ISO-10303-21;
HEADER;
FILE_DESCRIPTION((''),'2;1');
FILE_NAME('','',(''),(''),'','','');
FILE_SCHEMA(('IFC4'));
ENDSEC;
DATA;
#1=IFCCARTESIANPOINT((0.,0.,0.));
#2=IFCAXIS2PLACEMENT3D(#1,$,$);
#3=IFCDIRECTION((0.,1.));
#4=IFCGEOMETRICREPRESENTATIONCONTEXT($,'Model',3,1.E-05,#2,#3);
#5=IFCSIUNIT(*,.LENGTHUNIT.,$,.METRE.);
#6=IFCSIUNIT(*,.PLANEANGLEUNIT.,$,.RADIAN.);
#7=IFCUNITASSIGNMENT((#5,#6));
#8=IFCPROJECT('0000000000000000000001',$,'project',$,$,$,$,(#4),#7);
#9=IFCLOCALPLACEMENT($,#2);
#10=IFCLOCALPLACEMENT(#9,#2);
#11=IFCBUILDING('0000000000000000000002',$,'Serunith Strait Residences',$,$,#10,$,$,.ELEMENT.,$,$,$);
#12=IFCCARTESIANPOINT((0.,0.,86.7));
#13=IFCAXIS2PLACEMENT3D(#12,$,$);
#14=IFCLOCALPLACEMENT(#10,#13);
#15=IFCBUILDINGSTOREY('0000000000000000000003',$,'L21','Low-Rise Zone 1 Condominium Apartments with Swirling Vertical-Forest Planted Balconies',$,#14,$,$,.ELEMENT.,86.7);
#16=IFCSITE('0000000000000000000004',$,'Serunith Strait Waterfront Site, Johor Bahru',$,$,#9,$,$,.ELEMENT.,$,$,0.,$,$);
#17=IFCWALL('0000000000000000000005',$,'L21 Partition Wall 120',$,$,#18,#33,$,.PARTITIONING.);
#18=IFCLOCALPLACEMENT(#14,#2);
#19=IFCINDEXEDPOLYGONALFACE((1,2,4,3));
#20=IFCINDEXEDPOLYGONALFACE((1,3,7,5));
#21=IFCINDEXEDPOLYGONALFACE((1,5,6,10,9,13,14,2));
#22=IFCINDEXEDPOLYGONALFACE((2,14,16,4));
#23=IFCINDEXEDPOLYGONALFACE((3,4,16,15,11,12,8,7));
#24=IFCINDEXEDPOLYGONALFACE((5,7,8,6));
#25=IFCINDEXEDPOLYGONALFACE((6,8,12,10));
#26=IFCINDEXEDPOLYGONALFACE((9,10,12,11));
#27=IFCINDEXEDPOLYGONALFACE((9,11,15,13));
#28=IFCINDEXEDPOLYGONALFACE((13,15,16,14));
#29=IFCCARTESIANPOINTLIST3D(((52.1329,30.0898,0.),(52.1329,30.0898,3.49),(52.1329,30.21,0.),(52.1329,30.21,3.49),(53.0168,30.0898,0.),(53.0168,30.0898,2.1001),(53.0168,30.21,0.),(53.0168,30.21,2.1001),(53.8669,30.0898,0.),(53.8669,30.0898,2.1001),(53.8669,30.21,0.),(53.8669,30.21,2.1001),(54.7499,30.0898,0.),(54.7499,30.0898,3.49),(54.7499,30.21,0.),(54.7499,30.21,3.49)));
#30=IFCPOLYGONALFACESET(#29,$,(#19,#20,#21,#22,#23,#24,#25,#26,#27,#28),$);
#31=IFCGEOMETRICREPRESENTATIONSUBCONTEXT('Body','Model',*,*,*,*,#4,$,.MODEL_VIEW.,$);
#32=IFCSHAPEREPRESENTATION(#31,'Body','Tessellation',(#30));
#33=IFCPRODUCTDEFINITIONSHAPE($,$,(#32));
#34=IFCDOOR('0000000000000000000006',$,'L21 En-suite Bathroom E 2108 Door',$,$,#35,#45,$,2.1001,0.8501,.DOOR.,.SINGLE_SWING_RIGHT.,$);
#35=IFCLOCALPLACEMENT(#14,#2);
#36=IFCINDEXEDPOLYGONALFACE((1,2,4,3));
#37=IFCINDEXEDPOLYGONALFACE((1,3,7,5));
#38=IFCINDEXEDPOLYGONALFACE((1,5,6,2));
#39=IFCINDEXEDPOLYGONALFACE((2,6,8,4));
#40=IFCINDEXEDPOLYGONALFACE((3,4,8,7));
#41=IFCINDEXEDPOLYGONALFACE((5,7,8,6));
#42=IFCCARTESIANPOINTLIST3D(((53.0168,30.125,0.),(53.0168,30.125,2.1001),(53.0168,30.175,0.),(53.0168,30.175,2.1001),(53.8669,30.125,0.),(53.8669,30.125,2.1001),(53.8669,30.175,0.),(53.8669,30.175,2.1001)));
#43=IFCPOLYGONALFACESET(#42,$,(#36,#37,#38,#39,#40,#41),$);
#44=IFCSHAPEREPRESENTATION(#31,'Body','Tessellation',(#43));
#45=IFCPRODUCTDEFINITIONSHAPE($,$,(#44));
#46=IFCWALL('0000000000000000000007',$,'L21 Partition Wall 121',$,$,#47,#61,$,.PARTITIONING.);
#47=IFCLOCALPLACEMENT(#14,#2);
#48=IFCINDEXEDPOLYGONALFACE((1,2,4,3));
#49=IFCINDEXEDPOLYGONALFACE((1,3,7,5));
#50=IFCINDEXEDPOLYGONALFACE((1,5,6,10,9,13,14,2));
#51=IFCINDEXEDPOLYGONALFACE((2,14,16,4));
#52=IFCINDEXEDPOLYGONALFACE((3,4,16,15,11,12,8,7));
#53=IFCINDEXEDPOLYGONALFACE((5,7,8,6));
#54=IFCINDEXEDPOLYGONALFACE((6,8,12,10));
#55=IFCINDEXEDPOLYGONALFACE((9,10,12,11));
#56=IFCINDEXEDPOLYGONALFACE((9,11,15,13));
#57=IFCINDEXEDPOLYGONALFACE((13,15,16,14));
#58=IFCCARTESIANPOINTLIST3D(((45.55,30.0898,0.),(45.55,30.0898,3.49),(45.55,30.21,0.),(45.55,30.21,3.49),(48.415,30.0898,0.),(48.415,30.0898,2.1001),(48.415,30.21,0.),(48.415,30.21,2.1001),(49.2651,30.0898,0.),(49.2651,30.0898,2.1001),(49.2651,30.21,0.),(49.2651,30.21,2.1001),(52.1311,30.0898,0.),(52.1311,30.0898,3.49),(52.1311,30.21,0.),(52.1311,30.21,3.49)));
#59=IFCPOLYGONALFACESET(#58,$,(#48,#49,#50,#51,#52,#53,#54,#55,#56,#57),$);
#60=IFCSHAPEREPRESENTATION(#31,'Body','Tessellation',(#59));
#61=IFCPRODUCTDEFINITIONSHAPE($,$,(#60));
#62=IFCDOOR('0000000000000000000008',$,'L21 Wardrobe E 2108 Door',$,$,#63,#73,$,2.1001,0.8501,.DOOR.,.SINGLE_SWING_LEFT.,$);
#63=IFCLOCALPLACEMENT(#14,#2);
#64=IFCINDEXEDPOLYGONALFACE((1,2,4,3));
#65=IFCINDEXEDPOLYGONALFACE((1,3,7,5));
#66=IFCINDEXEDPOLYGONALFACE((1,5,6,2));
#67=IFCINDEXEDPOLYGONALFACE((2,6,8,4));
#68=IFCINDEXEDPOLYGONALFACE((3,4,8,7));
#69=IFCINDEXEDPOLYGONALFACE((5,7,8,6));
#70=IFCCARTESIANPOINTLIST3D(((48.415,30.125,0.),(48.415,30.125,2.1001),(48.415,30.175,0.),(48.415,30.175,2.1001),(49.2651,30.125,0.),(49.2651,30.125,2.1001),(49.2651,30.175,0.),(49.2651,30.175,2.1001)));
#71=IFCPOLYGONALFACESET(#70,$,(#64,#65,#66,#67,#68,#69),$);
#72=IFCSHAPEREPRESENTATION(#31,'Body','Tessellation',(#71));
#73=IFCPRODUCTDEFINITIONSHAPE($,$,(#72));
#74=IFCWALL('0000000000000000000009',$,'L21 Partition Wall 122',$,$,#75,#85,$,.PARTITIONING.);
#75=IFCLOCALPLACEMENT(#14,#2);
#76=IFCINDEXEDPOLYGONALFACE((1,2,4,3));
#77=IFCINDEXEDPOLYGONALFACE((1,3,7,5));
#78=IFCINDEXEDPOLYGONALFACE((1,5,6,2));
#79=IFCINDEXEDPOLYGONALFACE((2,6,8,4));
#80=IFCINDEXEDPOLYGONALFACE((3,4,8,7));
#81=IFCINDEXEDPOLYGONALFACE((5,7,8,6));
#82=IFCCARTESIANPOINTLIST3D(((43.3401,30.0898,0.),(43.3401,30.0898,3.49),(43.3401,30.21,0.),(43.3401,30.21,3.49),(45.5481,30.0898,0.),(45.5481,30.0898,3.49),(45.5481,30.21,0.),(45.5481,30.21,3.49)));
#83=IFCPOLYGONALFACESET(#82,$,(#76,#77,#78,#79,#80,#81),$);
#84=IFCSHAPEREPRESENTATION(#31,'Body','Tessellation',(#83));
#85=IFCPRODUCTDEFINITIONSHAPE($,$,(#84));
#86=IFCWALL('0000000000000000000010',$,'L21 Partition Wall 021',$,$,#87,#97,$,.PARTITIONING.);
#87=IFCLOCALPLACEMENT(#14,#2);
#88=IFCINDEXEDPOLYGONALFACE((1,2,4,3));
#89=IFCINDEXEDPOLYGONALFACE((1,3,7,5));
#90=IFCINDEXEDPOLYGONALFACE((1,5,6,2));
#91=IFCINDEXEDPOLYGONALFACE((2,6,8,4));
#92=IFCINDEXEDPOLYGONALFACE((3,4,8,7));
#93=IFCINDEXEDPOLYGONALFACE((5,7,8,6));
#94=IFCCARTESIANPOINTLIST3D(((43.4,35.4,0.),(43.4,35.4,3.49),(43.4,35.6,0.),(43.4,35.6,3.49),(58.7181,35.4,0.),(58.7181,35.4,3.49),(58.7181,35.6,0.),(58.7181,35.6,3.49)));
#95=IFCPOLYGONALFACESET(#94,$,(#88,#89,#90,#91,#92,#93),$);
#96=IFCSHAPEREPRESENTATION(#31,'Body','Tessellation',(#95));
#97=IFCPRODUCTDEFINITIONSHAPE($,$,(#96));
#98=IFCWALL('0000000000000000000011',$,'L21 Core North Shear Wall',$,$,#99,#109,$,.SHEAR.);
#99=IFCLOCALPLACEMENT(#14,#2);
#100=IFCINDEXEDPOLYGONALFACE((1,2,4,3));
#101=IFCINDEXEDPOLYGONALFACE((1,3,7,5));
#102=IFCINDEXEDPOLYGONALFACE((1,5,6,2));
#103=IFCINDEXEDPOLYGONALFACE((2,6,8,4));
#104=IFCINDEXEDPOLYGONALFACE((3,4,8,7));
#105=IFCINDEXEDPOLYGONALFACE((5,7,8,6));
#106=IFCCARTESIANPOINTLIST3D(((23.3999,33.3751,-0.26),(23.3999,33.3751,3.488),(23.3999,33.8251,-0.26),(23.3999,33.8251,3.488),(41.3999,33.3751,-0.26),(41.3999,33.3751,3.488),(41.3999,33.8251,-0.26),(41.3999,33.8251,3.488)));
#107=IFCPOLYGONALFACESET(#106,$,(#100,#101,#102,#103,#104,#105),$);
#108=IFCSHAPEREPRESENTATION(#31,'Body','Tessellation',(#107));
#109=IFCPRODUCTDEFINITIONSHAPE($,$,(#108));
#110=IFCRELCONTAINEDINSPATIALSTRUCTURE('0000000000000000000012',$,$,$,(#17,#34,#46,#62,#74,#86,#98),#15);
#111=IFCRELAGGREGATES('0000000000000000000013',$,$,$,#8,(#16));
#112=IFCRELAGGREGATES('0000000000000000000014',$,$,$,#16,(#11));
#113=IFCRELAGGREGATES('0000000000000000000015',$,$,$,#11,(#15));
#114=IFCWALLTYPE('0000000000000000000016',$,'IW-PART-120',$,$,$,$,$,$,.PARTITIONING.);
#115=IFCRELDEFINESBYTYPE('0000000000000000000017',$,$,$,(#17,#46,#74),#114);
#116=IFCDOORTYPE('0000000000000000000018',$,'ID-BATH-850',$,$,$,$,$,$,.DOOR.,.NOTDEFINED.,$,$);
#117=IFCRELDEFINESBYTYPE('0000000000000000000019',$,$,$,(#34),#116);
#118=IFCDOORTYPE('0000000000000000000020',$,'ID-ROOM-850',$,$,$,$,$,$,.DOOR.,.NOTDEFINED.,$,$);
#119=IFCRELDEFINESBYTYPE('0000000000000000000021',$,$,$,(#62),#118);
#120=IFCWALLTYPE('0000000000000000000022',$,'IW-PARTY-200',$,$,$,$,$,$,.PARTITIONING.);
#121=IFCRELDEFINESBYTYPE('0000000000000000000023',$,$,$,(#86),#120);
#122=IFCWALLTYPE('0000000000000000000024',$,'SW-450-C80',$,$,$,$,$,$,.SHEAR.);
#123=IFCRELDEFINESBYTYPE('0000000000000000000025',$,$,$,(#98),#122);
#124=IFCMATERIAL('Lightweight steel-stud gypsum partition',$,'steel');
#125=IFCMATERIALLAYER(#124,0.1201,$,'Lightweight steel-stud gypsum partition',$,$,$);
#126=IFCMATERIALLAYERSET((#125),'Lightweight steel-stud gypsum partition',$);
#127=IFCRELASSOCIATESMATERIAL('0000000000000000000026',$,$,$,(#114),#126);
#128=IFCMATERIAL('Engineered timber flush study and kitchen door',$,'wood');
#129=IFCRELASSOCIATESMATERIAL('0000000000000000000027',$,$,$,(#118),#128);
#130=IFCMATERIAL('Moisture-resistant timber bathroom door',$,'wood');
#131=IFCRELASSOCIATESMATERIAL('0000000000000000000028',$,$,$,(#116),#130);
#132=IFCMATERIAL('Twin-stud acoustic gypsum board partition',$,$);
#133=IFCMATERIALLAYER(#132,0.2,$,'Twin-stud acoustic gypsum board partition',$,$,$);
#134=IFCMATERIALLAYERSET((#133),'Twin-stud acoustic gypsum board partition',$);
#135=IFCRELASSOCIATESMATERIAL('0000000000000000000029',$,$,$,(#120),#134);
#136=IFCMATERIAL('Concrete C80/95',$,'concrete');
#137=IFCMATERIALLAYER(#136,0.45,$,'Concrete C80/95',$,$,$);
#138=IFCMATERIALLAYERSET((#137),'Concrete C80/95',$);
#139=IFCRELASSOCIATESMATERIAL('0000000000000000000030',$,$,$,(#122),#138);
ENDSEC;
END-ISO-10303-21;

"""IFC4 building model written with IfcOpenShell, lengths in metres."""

from ifc_helpers import new_model, si_unit, direction, frame, frame_2d, origin, place, context, subcontext, project, spatial, rectangle, extrude, source, transform, mapped, material, layer, layer_set, type_object, element, fill, save


model = new_model("IFC4")

# Units and contexts
model_context = context("Model", 3, precision=1e-05, world=origin(), true_north=direction((0.0, 1.0)))
body_context = subcontext(model_context, "Body", "Model", "MODEL_VIEW")
ifc_project = project(units=[si_unit("LENGTHUNIT", "METRE"), si_unit("PLANEANGLEUNIT", "RADIAN")], contexts=[model_context])

# Site, building, storey
site_placement = place(None, origin())
site = spatial("IfcSite", under=ifc_project, at=site_placement, Name="Serunith Strait Waterfront Site, Johor Bahru", CompositionType="ELEMENT", RefElevation=0.0)
building_placement = place(site_placement, origin())
building = spatial("IfcBuilding", under=site, at=building_placement, Name="Serunith Strait Residences", CompositionType="ELEMENT")
storey_placement = place(building_placement, frame((0.0, 0.0, 86.7)))
storey = spatial("IfcBuildingStorey", under=building, at=storey_placement, Name="L21", Description="Low-Rise Zone 1 Condominium Apartments with Swirling Vertical-Forest Planted Balconies", CompositionType="ELEMENT", Elevation=86.7)

# Shared definitions
ifc_material_1 = material(Name="Lightweight steel-stud gypsum partition", Category="steel")
ifc_layer_1 = layer(ifc_material_1, 0.1201, Name="Lightweight steel-stud gypsum partition")
ifc_layer_set_1 = layer_set([ifc_layer_1], Name="Lightweight steel-stud gypsum partition")
wall_type_1 = type_object("IfcWallType", Name="IW-PART-120", PredefinedType="PARTITIONING", material=ifc_layer_set_1)
ifc_material_2 = material(Name="Engineered timber flush study and kitchen door", Category="wood")
door_type_1 = type_object("IfcDoorType", Name="ID-ROOM-850", OperationType="NOTDEFINED", PredefinedType="DOOR", material=ifc_material_2)
shared_shape_1 = source(origin(), body_context, "Body", "SweptSolid", [
    extrude(rectangle(XDim=0.8501, YDim=2.1001, at=frame_2d((0.425, 1.05))), frame((0.0, 0.0249, 0.0), z_axis=(0.0, -1.0, 0.0), x_axis=(1.0, 0.0, 0.0)), (0.0, 0.0, 1.0), 0.05),
])

# Walls, openings, doors
wall_1_placement = place(storey_placement, frame((54.75, 30.1499, 0.0), z_axis=(0.0, 0.0, 1.0), x_axis=(-1.0, 0.0, 0.0)))
wall_1 = element("IfcWall", 1, at=wall_1_placement, inside=storey, type_object=wall_type_1, Name="L21 Partition Wall 120", PredefinedType="PARTITIONING", context=body_context, shape_type="SweptSolid", body=[
    extrude(rectangle(XDim=2.6169, YDim=0.1201, at=frame_2d((1.3086, 0.0))), origin(), (0.0, 0.0, 1.0), 3.49),
])
opening_1_placement = place(wall_1_placement, frame((0.8831, 0.0, 0.0)))
opening_1 = element("IfcOpeningElement", 2, at=opening_1_placement, cuts=wall_1, PredefinedType="OPENING", context=body_context, shape_type="SweptSolid", body=[
    extrude(rectangle(XDim=0.8501, YDim=2.1001, at=frame_2d((0.425, 1.05))), frame((0.0, 0.0701, 0.0), z_axis=(0.0, -1.0, 0.0), x_axis=(1.0, 0.0, 0.0)), (0.0, 0.0, 1.0), 0.1401),
])
ifc_material_3 = material(Name="Moisture-resistant timber bathroom door", Category="wood")
door_type_2 = type_object("IfcDoorType", Name="ID-BATH-850", OperationType="NOTDEFINED", PredefinedType="DOOR", material=ifc_material_3)
door_1_placement = place(opening_1_placement, origin())
door_1 = element("IfcDoor", 3, at=door_1_placement, inside=storey, type_object=door_type_2, Name="L21 En-suite Bathroom E 2108 Door", OperationType="SINGLE_SWING_RIGHT", OverallHeight=2.1001, OverallWidth=0.8501, PredefinedType="DOOR", context=body_context, shape_type="MappedRepresentation", body=[
    mapped(shared_shape_1, transform((0.0, 0.0, 0.0), scale=1.0)),
])
fill(opening_1, door_1)
wall_2_placement = place(storey_placement, frame((52.1311, 30.1499, 0.0), z_axis=(0.0, 0.0, 1.0), x_axis=(-1.0, 0.0, 0.0)))
wall_2 = element("IfcWall", 4, at=wall_2_placement, inside=storey, type_object=wall_type_1, Name="L21 Partition Wall 121", PredefinedType="PARTITIONING", context=body_context, shape_type="SweptSolid", body=[
    extrude(rectangle(XDim=6.5811, YDim=0.1201, at=frame_2d((3.2905, 0.0))), origin(), (0.0, 0.0, 1.0), 3.49),
])
opening_2_placement = place(wall_2_placement, frame((2.866, 0.0, 0.0)))
opening_2 = element("IfcOpeningElement", 5, at=opening_2_placement, cuts=wall_2, PredefinedType="OPENING", context=body_context, shape_type="SweptSolid", body=[
    extrude(rectangle(XDim=0.8501, YDim=2.1001, at=frame_2d((0.425, 1.05))), frame((0.0, 0.0701, 0.0), z_axis=(0.0, -1.0, 0.0), x_axis=(1.0, 0.0, 0.0)), (0.0, 0.0, 1.0), 0.1401),
])
door_2_placement = place(opening_2_placement, origin())
door_2 = element("IfcDoor", 6, at=door_2_placement, inside=storey, type_object=door_type_1, Name="L21 Wardrobe E 2108 Door", OperationType="SINGLE_SWING_LEFT", OverallHeight=2.1001, OverallWidth=0.8501, PredefinedType="DOOR", context=body_context, shape_type="MappedRepresentation", body=[
    mapped(shared_shape_1, transform((0.0, 0.0, 0.0), scale=1.0)),
])
fill(opening_2, door_2)

# Walls
wall_3_placement = place(storey_placement, frame((45.5481, 30.1499, 0.0), z_axis=(0.0, 0.0, 1.0), x_axis=(-1.0, 0.0, 0.0)))
element("IfcWall", 7, at=wall_3_placement, inside=storey, type_object=wall_type_1, Name="L21 Partition Wall 122", PredefinedType="PARTITIONING", context=body_context, shape_type="SweptSolid", body=[
    extrude(rectangle(XDim=2.208, YDim=0.1201, at=frame_2d((1.104, 0.0))), origin(), (0.0, 0.0, 1.0), 3.49),
])
ifc_material_4 = material(Name="Twin-stud acoustic gypsum board partition")
ifc_layer_2 = layer(ifc_material_4, 0.2, Name="Twin-stud acoustic gypsum board partition")
ifc_layer_set_2 = layer_set([ifc_layer_2], Name="Twin-stud acoustic gypsum board partition")
wall_type_2 = type_object("IfcWallType", Name="IW-PARTY-200", PredefinedType="PARTITIONING", material=ifc_layer_set_2)
wall_4_placement = place(storey_placement, frame((43.3999, 35.5, 0.0), z_axis=(0.0, 0.0, 1.0), x_axis=(1.0, 0.0, 0.0)))
element("IfcWall", 8, at=wall_4_placement, inside=storey, type_object=wall_type_2, Name="L21 Partition Wall 021", PredefinedType="PARTITIONING", context=body_context, shape_type="SweptSolid", body=[
    extrude(rectangle(XDim=15.3181, YDim=0.2, at=frame_2d((7.6592, 0.0))), origin(), (0.0, 0.0, 1.0), 3.49),
])
ifc_material_5 = material(Name="Concrete C80/95", Category="concrete")
ifc_layer_3 = layer(ifc_material_5, 0.45, Name="Concrete C80/95")
ifc_layer_set_3 = layer_set([ifc_layer_3], Name="Concrete C80/95")
wall_type_3 = type_object("IfcWallType", Name="SW-450-C80", PredefinedType="SHEAR", material=ifc_layer_set_3)
wall_5_placement = place(storey_placement, frame((41.3999, 33.6001, -0.26), z_axis=(0.0, 0.0, 1.0), x_axis=(-1.0, 0.0, 0.0)))
element("IfcWall", 9, at=wall_5_placement, inside=storey, type_object=wall_type_3, Name="L21 Core North Shear Wall", PredefinedType="SHEAR", context=body_context, shape_type="SweptSolid", body=[
    extrude(rectangle(XDim=18.0, YDim=0.45, at=frame_2d((9.0, 0.0))), origin(), (0.0, 0.0, 1.0), 3.748),
])

save(model, "model.ifc")
